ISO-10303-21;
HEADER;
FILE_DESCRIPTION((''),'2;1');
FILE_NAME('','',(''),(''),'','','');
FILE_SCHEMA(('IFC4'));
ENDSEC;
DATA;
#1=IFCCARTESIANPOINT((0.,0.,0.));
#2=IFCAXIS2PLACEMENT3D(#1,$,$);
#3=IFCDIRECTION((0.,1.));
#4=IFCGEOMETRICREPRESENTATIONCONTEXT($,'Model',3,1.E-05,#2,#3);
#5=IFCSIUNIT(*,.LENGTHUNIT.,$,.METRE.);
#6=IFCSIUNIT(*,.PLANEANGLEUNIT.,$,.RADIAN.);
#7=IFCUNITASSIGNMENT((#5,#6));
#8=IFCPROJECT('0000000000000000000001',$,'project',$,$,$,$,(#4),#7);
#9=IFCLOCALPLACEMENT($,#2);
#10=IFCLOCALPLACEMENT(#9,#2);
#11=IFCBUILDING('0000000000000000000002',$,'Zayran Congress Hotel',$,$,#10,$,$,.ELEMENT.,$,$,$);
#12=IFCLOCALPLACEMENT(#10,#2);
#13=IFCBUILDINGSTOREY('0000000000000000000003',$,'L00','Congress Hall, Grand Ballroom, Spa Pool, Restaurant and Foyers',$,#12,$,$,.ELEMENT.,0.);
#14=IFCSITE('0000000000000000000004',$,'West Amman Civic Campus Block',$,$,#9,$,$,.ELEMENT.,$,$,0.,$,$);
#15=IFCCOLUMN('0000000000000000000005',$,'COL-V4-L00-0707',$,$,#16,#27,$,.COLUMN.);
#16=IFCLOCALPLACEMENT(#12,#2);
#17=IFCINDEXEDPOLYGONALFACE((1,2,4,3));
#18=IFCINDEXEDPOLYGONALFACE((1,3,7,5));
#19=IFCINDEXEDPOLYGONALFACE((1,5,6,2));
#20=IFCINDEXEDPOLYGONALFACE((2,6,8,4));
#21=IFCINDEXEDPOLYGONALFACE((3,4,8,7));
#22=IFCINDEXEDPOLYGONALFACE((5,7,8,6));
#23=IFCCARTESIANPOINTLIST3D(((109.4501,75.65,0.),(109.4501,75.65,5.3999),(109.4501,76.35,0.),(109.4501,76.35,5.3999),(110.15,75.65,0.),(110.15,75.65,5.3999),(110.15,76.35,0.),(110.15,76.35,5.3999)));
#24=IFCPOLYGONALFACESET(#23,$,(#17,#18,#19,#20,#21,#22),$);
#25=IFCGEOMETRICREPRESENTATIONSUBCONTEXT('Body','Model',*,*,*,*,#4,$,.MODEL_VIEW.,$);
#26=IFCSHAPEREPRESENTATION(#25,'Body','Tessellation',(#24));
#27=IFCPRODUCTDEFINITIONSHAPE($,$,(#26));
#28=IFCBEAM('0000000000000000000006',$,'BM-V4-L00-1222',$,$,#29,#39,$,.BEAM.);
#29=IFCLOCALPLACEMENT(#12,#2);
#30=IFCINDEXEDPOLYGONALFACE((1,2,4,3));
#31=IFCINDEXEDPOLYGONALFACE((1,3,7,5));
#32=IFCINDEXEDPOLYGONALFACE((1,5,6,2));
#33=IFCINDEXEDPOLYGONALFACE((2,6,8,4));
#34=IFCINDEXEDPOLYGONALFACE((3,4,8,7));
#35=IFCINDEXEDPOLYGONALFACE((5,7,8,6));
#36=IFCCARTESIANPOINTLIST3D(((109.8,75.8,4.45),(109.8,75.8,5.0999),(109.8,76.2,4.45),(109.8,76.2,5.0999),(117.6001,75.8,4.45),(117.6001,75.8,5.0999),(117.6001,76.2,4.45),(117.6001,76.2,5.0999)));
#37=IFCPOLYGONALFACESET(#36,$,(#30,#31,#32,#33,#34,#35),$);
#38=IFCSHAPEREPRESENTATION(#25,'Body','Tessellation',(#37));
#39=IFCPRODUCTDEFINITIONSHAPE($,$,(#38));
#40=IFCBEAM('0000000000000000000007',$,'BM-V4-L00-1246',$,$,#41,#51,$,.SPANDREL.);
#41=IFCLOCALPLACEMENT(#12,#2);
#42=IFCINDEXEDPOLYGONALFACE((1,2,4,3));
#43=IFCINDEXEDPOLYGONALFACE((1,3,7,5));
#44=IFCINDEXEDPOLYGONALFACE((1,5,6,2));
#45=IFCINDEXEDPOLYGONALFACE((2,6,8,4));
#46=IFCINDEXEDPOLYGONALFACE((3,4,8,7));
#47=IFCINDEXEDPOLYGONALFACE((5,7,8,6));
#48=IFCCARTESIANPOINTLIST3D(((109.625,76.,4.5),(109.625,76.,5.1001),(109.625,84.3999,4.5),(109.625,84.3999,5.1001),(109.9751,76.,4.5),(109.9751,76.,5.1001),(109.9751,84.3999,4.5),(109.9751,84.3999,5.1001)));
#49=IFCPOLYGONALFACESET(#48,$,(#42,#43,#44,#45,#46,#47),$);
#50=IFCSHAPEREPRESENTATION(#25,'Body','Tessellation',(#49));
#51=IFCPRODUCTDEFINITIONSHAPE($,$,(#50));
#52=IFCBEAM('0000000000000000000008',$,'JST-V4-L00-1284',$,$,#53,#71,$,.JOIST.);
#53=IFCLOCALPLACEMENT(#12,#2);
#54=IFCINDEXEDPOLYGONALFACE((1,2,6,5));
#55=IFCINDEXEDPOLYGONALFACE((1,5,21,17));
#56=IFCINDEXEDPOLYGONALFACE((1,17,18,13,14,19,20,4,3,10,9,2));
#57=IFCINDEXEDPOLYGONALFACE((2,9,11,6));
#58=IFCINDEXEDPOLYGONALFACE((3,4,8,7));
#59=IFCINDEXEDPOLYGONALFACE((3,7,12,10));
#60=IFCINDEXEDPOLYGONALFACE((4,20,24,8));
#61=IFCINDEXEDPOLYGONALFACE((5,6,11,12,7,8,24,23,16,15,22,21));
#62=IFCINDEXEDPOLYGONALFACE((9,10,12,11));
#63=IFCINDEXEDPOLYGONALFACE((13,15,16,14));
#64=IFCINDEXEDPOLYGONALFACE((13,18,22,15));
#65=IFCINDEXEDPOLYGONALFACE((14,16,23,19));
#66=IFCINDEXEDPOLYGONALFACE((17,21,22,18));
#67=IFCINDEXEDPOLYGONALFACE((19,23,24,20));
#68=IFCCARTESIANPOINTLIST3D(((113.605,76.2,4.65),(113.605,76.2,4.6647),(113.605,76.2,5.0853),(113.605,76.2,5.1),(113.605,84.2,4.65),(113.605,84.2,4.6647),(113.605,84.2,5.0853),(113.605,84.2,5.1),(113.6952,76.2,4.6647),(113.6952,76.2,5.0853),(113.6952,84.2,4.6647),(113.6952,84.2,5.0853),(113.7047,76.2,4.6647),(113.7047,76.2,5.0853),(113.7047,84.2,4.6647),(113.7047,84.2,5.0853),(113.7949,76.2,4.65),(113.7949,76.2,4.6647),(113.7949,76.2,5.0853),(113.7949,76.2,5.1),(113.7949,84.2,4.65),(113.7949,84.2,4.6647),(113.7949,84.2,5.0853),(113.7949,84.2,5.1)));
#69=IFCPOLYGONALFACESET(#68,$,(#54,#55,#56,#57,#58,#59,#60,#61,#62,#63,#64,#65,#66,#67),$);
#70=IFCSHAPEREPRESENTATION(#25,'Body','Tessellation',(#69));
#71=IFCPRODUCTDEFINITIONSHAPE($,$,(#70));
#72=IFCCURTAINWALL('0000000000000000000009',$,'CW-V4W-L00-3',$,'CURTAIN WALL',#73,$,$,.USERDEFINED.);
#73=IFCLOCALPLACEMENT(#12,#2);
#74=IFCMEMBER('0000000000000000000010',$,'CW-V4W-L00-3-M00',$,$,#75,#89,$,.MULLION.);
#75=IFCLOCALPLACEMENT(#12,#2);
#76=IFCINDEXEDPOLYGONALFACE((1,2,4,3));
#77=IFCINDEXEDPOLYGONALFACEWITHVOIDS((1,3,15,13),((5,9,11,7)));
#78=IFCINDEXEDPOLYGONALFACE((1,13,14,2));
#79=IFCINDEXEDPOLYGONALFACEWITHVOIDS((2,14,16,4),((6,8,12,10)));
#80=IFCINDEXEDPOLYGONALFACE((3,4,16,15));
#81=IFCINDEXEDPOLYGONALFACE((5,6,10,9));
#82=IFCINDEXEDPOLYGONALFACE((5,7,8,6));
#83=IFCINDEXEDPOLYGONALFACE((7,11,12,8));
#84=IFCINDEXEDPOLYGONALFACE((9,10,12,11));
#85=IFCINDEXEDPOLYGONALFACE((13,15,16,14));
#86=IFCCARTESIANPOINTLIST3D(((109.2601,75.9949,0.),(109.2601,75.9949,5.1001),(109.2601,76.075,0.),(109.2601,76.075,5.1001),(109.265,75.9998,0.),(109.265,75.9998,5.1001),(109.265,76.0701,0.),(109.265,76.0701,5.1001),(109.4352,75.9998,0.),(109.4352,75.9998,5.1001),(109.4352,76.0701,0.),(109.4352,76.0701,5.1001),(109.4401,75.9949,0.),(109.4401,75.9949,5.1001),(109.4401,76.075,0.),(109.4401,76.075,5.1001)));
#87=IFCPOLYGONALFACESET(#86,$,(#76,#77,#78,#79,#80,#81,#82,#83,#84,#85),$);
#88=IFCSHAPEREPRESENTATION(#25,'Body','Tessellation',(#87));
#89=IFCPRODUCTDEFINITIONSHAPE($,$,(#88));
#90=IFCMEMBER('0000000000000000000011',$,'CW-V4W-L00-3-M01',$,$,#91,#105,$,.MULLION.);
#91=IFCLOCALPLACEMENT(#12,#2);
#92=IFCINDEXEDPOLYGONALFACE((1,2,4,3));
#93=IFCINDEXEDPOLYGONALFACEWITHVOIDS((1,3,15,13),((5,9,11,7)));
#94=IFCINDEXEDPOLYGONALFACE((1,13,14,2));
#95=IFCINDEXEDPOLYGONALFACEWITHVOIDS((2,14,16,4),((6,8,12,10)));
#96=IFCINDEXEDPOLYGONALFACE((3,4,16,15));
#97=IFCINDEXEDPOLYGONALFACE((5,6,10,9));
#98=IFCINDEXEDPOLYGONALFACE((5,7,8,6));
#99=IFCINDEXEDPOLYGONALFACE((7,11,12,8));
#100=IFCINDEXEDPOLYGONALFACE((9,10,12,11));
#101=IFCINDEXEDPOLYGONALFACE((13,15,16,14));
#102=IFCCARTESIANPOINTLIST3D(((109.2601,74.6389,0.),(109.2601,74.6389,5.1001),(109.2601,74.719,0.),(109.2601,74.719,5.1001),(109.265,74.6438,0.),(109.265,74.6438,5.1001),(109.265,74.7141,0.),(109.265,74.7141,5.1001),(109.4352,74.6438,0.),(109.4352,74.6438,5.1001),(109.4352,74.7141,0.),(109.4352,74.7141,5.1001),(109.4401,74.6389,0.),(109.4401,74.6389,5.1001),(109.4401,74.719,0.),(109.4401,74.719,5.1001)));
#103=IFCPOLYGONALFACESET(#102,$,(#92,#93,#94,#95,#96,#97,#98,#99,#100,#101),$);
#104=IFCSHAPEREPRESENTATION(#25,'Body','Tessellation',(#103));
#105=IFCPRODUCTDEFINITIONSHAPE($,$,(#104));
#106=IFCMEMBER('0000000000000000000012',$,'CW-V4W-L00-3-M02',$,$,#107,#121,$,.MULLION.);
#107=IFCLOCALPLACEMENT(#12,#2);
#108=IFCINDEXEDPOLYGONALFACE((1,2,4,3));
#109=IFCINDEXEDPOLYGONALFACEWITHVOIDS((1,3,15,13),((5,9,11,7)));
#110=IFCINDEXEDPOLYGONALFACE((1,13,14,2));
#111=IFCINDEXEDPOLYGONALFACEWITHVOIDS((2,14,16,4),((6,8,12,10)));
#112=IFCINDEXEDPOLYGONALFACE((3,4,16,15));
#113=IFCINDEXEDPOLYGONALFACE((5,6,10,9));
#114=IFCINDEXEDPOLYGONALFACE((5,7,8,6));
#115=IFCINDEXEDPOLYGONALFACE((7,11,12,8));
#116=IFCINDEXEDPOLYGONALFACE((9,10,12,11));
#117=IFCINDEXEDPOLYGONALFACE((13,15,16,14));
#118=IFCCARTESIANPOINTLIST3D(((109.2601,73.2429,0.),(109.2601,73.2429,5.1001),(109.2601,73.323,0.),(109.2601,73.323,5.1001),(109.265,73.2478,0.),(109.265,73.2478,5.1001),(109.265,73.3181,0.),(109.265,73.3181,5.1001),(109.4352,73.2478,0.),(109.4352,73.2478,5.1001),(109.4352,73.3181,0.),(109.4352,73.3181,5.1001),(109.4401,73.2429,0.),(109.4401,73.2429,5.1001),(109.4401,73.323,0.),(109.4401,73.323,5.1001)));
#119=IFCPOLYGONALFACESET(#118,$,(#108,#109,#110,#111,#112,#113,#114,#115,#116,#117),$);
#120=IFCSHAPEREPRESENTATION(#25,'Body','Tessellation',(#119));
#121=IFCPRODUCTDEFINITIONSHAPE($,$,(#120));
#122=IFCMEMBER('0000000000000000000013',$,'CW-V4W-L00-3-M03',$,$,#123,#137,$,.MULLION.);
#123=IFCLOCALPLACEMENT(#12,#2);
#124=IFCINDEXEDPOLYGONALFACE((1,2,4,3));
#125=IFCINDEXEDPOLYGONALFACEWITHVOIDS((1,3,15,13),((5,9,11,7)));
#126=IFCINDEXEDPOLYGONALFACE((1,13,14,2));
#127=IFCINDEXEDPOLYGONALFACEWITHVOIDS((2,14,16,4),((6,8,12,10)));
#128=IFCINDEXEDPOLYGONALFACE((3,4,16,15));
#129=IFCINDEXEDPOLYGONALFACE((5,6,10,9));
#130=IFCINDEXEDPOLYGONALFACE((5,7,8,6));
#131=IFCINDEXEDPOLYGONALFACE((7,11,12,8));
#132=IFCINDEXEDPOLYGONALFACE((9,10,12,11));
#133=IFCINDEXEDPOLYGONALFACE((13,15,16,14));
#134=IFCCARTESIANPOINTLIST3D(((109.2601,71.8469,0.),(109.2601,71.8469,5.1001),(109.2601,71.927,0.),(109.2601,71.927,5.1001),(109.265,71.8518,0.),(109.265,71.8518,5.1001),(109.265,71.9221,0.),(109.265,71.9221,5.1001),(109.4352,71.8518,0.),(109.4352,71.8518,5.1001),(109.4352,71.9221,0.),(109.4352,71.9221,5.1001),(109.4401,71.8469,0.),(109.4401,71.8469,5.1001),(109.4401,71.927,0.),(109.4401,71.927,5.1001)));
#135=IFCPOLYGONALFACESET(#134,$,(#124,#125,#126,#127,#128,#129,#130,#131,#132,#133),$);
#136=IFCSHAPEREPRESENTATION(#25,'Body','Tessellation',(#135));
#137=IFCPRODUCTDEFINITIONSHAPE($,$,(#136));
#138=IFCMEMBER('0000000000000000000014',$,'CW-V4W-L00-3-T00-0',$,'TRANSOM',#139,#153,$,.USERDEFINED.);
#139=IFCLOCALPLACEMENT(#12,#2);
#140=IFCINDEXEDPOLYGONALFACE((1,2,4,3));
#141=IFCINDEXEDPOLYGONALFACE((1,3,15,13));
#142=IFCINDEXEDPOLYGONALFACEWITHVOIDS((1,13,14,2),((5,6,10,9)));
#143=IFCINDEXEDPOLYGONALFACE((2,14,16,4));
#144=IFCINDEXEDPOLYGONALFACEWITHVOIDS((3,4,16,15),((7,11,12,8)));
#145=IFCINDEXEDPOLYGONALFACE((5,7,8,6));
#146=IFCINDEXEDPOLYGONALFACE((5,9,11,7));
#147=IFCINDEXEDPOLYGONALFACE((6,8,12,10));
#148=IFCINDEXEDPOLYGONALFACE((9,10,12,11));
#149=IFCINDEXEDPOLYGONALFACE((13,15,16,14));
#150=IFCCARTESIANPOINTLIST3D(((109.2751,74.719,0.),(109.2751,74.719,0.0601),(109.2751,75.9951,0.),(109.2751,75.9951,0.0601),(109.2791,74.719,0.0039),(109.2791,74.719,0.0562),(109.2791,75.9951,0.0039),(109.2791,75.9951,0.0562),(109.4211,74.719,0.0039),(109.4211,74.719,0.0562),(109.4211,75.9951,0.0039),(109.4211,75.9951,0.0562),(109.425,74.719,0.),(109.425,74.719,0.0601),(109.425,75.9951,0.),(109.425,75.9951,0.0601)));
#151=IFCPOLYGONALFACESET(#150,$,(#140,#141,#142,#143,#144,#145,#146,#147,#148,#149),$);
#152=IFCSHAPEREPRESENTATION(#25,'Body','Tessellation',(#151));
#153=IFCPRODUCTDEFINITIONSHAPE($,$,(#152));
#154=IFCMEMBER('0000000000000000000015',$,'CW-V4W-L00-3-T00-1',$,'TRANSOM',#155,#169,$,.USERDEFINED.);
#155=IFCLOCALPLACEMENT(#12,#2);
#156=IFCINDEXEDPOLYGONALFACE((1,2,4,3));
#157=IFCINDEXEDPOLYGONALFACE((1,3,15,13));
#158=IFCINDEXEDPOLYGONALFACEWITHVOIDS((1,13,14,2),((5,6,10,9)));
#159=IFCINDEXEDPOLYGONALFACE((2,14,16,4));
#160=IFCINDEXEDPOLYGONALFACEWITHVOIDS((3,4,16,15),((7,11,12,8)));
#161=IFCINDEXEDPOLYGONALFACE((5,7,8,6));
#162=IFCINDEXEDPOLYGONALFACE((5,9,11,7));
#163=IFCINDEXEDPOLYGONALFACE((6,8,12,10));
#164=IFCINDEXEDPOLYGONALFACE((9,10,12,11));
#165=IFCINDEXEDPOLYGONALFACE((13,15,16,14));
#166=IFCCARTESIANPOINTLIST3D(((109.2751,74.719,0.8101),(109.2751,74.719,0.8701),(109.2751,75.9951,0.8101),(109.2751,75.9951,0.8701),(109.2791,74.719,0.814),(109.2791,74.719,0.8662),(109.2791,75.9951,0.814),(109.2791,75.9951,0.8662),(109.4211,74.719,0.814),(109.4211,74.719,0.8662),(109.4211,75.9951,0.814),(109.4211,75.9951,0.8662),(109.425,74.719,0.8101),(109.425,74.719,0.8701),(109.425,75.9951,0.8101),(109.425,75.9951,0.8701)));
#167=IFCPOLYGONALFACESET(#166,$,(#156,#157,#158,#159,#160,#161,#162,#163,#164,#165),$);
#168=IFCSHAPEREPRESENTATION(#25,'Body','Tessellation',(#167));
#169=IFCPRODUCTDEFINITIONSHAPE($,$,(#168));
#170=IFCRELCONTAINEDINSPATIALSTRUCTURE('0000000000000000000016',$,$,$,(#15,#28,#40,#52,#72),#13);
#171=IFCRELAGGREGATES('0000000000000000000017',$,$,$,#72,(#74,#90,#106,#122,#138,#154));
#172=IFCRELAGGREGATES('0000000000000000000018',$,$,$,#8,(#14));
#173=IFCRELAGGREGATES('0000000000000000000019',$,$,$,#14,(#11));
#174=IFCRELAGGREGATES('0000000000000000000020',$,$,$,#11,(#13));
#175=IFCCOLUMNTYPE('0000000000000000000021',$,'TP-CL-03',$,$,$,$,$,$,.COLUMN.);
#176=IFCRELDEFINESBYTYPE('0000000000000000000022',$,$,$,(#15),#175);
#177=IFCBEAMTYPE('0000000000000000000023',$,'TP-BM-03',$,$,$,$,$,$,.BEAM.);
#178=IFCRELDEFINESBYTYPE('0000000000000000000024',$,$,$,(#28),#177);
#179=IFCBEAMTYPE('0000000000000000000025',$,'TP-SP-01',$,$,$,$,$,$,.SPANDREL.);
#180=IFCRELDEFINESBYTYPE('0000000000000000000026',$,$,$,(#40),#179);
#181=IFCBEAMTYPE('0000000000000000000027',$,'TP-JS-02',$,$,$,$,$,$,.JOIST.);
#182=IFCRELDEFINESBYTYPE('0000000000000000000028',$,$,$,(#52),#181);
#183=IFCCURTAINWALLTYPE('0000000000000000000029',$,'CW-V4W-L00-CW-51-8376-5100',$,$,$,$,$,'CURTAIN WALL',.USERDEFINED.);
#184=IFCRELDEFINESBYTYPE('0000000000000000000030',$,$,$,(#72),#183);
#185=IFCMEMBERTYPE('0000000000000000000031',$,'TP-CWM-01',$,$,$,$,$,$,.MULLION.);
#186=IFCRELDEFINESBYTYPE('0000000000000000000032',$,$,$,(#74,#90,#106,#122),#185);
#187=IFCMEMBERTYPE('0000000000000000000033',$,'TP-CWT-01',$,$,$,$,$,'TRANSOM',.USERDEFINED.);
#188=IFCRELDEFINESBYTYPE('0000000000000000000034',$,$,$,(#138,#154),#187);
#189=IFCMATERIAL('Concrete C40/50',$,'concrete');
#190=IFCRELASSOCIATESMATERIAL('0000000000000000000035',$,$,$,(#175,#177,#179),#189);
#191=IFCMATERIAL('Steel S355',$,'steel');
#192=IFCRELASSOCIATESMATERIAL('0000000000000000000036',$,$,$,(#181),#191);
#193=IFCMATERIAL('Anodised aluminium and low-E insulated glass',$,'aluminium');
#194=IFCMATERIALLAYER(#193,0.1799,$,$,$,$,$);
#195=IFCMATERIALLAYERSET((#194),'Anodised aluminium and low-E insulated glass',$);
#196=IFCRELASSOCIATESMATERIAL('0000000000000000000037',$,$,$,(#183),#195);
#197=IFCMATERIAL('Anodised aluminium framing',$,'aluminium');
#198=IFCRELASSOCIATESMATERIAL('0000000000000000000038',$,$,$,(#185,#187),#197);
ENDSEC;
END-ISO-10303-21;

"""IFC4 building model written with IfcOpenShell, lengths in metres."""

from ifc_helpers import new_model, si_unit, direction, frame, origin, origin_2d, place, context, subcontext, project, spatial, rectangle, hollow_rectangle, i_section, extrude, material, layer, layer_set, material_profile, profile_set, type_object, element, aggregate, save


model = new_model("IFC4")

# Units and contexts
model_context = context("Model", 3, precision=1e-05, world=origin(), true_north=direction((0.0, 1.0)))
body_context = subcontext(model_context, "Body", "Model", "MODEL_VIEW")
ifc_project = project(units=[si_unit("LENGTHUNIT", "METRE"), si_unit("PLANEANGLEUNIT", "RADIAN")], contexts=[model_context])

# Site, building, storey
site_placement = place(None, origin())
site = spatial("IfcSite", under=ifc_project, at=site_placement, Name="West Amman Civic Campus Block", CompositionType="ELEMENT", RefElevation=0.0)
building_placement = place(site_placement, origin())
building = spatial("IfcBuilding", under=site, at=building_placement, Name="Zayran Congress Hotel", CompositionType="ELEMENT")
storey_placement = place(building_placement, origin())
storey = spatial("IfcBuildingStorey", under=building, at=storey_placement, Name="L00", Description="Congress Hall, Grand Ballroom, Spa Pool, Restaurant and Foyers", CompositionType="ELEMENT", Elevation=0.0)

# Column
ifc_material_1 = material(Name="Concrete C40/50", Category="concrete")
ifc_material_profile_1 = material_profile(ifc_material_1, rectangle(XDim=0.7, YDim=0.7, at=origin_2d()), Name="RC 700x700")
ifc_profile_set_1 = profile_set([ifc_material_profile_1], Name="Concrete C40/50")
column_type = type_object("IfcColumnType", Name="TP-CL-03", PredefinedType="COLUMN", material=ifc_profile_set_1)
column_placement = place(storey_placement, frame((109.8, 76.0, 0.0), z_axis=(0.0, 0.0, 1.0), x_axis=(1.0, 0.0, 0.0)))
element("IfcColumn", 1, at=column_placement, inside=storey, type_object=column_type, Name="COL-V4-L00-0707", PredefinedType="COLUMN", context=body_context, shape_type="SweptSolid", body=[
    extrude(rectangle(XDim=0.7, YDim=0.7, at=origin_2d()), origin(), (0.0, 0.0, 1.0), 5.3999),
])

# Beams
ifc_material_profile_2 = material_profile(ifc_material_1, rectangle(XDim=0.3999, YDim=0.6499, at=origin_2d()), Name="RC 400x650")
ifc_profile_set_2 = profile_set([ifc_material_profile_2], Name="Concrete C40/50")
beam_type_1 = type_object("IfcBeamType", Name="TP-BM-03", PredefinedType="BEAM", material=ifc_profile_set_2)
beam_1_placement = place(storey_placement, frame((109.8, 76.0, 4.7749), z_axis=(1.0, 0.0, 0.0), x_axis=(0.0, 1.0, 0.0)))
element("IfcBeam", 2, at=beam_1_placement, inside=storey, type_object=beam_type_1, Name="BM-V4-L00-1222", PredefinedType="BEAM", context=body_context, shape_type="SweptSolid", body=[
    extrude(rectangle(XDim=0.3999, YDim=0.6499, at=origin_2d()), origin(), (0.0, 0.0, 1.0), 7.8),
])
ifc_material_profile_3 = material_profile(ifc_material_1, rectangle(XDim=0.3501, YDim=0.6001, at=origin_2d()), Name="RC 350x600")
ifc_profile_set_3 = profile_set([ifc_material_profile_3], Name="Concrete C40/50")
beam_type_2 = type_object("IfcBeamType", Name="TP-SP-01", PredefinedType="SPANDREL", material=ifc_profile_set_3)
beam_2_placement = place(storey_placement, frame((109.8, 76.0, 4.8), z_axis=(0.0, 1.0, 0.0), x_axis=(-1.0, 0.0, 0.0)))
element("IfcBeam", 3, at=beam_2_placement, inside=storey, type_object=beam_type_2, Name="BM-V4-L00-1246", PredefinedType="SPANDREL", context=body_context, shape_type="SweptSolid", body=[
    extrude(rectangle(XDim=0.3501, YDim=0.6001, at=origin_2d()), origin(), (0.0, 0.0, 1.0), 8.3999),
])
ifc_material_2 = material(Name="Steel S355", Category="steel")
ifc_material_profile_4 = material_profile(ifc_material_2, i_section(OverallWidth=0.1899, OverallDepth=0.45, WebThickness=0.0095, FlangeThickness=0.0146, at=origin_2d()), Name="IPE 450")
ifc_profile_set_4 = profile_set([ifc_material_profile_4], Name="Steel S355")
beam_type_3 = type_object("IfcBeamType", Name="TP-JS-02", PredefinedType="JOIST", material=ifc_profile_set_4)
beam_3_placement = place(storey_placement, frame((113.7, 76.2, 4.875), z_axis=(0.0, 1.0, 0.0), x_axis=(-1.0, 0.0, 0.0)))
element("IfcBeam", 4, at=beam_3_placement, inside=storey, type_object=beam_type_3, Name="JST-V4-L00-1284", PredefinedType="JOIST", context=body_context, shape_type="SweptSolid", body=[
    extrude(i_section(OverallWidth=0.1899, OverallDepth=0.45, WebThickness=0.0095, FlangeThickness=0.0146, at=origin_2d()), origin(), (0.0, 0.0, 1.0), 8.0),
])

# Curtain wall, members
ifc_material_3 = material(Name="Anodised aluminium and low-E insulated glass", Category="aluminium")
ifc_layer_1 = layer(ifc_material_3, 0.1799)
ifc_layer_set_1 = layer_set([ifc_layer_1], Name="Anodised aluminium and low-E insulated glass")
curtain_wall_type = type_object("IfcCurtainWallType", Name="CW-V4W-L00-CW-51-8376-5100", ElementType="CURTAIN WALL", PredefinedType="USERDEFINED", material=ifc_layer_set_1)
curtain_wall_placement = place(storey_placement, origin())
curtain_wall = element("IfcCurtainWall", 5, at=curtain_wall_placement, inside=storey, type_object=curtain_wall_type, Name="CW-V4W-L00-3", ObjectType="CURTAIN WALL", PredefinedType="USERDEFINED")
ifc_material_4 = material(Name="Anodised aluminium framing", Category="aluminium")
ifc_material_profile_5 = material_profile(ifc_material_4, hollow_rectangle(XDim=0.0801, YDim=0.1799, WallThickness=0.0049, at=origin_2d()), Name="RHS 180x80x5")
ifc_profile_set_5 = profile_set([ifc_material_profile_5], Name="Anodised aluminium framing")
member_type_1 = type_object("IfcMemberType", Name="TP-CWM-01", PredefinedType="MULLION", material=ifc_profile_set_5)
member_1_placement = place(storey_placement, frame((109.3501, 76.0349, 0.0), z_axis=(0.0, 0.0, 1.0), x_axis=(0.0, 1.0, 0.0)))
member_1 = element("IfcMember", 6, at=member_1_placement, type_object=member_type_1, Name="CW-V4W-L00-3-M00", PredefinedType="MULLION", context=body_context, shape_type="SweptSolid", body=[
    extrude(hollow_rectangle(XDim=0.0801, YDim=0.1799, WallThickness=0.0049, at=origin_2d()), origin(), (0.0, 0.0, 1.0), 5.1001),
])
member_2_placement = place(storey_placement, frame((109.3501, 74.679, 0.0), z_axis=(0.0, 0.0, 1.0), x_axis=(0.0, 1.0, 0.0)))
member_2 = element("IfcMember", 7, at=member_2_placement, type_object=member_type_1, Name="CW-V4W-L00-3-M01", PredefinedType="MULLION", context=body_context, shape_type="SweptSolid", body=[
    extrude(hollow_rectangle(XDim=0.0801, YDim=0.1799, WallThickness=0.0049, at=origin_2d()), origin(), (0.0, 0.0, 1.0), 5.1001),
])
member_3_placement = place(storey_placement, frame((109.3501, 73.283, 0.0), z_axis=(0.0, 0.0, 1.0), x_axis=(0.0, 1.0, 0.0)))
member_3 = element("IfcMember", 8, at=member_3_placement, type_object=member_type_1, Name="CW-V4W-L00-3-M02", PredefinedType="MULLION", context=body_context, shape_type="SweptSolid", body=[
    extrude(hollow_rectangle(XDim=0.0801, YDim=0.1799, WallThickness=0.0049, at=origin_2d()), origin(), (0.0, 0.0, 1.0), 5.1001),
])
member_4_placement = place(storey_placement, frame((109.3501, 71.887, 0.0), z_axis=(0.0, 0.0, 1.0), x_axis=(0.0, 1.0, 0.0)))
member_4 = element("IfcMember", 9, at=member_4_placement, type_object=member_type_1, Name="CW-V4W-L00-3-M03", PredefinedType="MULLION", context=body_context, shape_type="SweptSolid", body=[
    extrude(hollow_rectangle(XDim=0.0801, YDim=0.1799, WallThickness=0.0049, at=origin_2d()), origin(), (0.0, 0.0, 1.0), 5.1001),
])
ifc_material_profile_6 = material_profile(ifc_material_4, hollow_rectangle(XDim=0.0601, YDim=0.1499, WallThickness=0.0039, at=origin_2d()), Name="RHS 150x60x4")
ifc_profile_set_6 = profile_set([ifc_material_profile_6], Name="Anodised aluminium framing")
member_type_2 = type_object("IfcMemberType", Name="TP-CWT-01", ElementType="TRANSOM", PredefinedType="USERDEFINED", material=ifc_profile_set_6)
member_5_placement = place(storey_placement, frame((109.3501, 75.9951, 0.03), z_axis=(0.0, -1.0, 0.0), x_axis=(0.0, 0.0, 1.0)))
member_5 = element("IfcMember", 10, at=member_5_placement, type_object=member_type_2, Name="CW-V4W-L00-3-T00-0", ObjectType="TRANSOM", PredefinedType="USERDEFINED", context=body_context, shape_type="SweptSolid", body=[
    extrude(hollow_rectangle(XDim=0.0601, YDim=0.1499, WallThickness=0.0039, at=origin_2d()), origin(), (0.0, 0.0, 1.0), 1.2761),
])
member_6_placement = place(storey_placement, frame((109.3501, 75.9951, 0.8401), z_axis=(0.0, -1.0, 0.0), x_axis=(0.0, 0.0, 1.0)))
member_6 = element("IfcMember", 11, at=member_6_placement, type_object=member_type_2, Name="CW-V4W-L00-3-T00-1", ObjectType="TRANSOM", PredefinedType="USERDEFINED", context=body_context, shape_type="SweptSolid", body=[
    extrude(hollow_rectangle(XDim=0.0601, YDim=0.1499, WallThickness=0.0039, at=origin_2d()), origin(), (0.0, 0.0, 1.0), 1.2761),
])
aggregate(curtain_wall, [member_1, member_2, member_3, member_4, member_5, member_6])

save(model, "model.ifc")
